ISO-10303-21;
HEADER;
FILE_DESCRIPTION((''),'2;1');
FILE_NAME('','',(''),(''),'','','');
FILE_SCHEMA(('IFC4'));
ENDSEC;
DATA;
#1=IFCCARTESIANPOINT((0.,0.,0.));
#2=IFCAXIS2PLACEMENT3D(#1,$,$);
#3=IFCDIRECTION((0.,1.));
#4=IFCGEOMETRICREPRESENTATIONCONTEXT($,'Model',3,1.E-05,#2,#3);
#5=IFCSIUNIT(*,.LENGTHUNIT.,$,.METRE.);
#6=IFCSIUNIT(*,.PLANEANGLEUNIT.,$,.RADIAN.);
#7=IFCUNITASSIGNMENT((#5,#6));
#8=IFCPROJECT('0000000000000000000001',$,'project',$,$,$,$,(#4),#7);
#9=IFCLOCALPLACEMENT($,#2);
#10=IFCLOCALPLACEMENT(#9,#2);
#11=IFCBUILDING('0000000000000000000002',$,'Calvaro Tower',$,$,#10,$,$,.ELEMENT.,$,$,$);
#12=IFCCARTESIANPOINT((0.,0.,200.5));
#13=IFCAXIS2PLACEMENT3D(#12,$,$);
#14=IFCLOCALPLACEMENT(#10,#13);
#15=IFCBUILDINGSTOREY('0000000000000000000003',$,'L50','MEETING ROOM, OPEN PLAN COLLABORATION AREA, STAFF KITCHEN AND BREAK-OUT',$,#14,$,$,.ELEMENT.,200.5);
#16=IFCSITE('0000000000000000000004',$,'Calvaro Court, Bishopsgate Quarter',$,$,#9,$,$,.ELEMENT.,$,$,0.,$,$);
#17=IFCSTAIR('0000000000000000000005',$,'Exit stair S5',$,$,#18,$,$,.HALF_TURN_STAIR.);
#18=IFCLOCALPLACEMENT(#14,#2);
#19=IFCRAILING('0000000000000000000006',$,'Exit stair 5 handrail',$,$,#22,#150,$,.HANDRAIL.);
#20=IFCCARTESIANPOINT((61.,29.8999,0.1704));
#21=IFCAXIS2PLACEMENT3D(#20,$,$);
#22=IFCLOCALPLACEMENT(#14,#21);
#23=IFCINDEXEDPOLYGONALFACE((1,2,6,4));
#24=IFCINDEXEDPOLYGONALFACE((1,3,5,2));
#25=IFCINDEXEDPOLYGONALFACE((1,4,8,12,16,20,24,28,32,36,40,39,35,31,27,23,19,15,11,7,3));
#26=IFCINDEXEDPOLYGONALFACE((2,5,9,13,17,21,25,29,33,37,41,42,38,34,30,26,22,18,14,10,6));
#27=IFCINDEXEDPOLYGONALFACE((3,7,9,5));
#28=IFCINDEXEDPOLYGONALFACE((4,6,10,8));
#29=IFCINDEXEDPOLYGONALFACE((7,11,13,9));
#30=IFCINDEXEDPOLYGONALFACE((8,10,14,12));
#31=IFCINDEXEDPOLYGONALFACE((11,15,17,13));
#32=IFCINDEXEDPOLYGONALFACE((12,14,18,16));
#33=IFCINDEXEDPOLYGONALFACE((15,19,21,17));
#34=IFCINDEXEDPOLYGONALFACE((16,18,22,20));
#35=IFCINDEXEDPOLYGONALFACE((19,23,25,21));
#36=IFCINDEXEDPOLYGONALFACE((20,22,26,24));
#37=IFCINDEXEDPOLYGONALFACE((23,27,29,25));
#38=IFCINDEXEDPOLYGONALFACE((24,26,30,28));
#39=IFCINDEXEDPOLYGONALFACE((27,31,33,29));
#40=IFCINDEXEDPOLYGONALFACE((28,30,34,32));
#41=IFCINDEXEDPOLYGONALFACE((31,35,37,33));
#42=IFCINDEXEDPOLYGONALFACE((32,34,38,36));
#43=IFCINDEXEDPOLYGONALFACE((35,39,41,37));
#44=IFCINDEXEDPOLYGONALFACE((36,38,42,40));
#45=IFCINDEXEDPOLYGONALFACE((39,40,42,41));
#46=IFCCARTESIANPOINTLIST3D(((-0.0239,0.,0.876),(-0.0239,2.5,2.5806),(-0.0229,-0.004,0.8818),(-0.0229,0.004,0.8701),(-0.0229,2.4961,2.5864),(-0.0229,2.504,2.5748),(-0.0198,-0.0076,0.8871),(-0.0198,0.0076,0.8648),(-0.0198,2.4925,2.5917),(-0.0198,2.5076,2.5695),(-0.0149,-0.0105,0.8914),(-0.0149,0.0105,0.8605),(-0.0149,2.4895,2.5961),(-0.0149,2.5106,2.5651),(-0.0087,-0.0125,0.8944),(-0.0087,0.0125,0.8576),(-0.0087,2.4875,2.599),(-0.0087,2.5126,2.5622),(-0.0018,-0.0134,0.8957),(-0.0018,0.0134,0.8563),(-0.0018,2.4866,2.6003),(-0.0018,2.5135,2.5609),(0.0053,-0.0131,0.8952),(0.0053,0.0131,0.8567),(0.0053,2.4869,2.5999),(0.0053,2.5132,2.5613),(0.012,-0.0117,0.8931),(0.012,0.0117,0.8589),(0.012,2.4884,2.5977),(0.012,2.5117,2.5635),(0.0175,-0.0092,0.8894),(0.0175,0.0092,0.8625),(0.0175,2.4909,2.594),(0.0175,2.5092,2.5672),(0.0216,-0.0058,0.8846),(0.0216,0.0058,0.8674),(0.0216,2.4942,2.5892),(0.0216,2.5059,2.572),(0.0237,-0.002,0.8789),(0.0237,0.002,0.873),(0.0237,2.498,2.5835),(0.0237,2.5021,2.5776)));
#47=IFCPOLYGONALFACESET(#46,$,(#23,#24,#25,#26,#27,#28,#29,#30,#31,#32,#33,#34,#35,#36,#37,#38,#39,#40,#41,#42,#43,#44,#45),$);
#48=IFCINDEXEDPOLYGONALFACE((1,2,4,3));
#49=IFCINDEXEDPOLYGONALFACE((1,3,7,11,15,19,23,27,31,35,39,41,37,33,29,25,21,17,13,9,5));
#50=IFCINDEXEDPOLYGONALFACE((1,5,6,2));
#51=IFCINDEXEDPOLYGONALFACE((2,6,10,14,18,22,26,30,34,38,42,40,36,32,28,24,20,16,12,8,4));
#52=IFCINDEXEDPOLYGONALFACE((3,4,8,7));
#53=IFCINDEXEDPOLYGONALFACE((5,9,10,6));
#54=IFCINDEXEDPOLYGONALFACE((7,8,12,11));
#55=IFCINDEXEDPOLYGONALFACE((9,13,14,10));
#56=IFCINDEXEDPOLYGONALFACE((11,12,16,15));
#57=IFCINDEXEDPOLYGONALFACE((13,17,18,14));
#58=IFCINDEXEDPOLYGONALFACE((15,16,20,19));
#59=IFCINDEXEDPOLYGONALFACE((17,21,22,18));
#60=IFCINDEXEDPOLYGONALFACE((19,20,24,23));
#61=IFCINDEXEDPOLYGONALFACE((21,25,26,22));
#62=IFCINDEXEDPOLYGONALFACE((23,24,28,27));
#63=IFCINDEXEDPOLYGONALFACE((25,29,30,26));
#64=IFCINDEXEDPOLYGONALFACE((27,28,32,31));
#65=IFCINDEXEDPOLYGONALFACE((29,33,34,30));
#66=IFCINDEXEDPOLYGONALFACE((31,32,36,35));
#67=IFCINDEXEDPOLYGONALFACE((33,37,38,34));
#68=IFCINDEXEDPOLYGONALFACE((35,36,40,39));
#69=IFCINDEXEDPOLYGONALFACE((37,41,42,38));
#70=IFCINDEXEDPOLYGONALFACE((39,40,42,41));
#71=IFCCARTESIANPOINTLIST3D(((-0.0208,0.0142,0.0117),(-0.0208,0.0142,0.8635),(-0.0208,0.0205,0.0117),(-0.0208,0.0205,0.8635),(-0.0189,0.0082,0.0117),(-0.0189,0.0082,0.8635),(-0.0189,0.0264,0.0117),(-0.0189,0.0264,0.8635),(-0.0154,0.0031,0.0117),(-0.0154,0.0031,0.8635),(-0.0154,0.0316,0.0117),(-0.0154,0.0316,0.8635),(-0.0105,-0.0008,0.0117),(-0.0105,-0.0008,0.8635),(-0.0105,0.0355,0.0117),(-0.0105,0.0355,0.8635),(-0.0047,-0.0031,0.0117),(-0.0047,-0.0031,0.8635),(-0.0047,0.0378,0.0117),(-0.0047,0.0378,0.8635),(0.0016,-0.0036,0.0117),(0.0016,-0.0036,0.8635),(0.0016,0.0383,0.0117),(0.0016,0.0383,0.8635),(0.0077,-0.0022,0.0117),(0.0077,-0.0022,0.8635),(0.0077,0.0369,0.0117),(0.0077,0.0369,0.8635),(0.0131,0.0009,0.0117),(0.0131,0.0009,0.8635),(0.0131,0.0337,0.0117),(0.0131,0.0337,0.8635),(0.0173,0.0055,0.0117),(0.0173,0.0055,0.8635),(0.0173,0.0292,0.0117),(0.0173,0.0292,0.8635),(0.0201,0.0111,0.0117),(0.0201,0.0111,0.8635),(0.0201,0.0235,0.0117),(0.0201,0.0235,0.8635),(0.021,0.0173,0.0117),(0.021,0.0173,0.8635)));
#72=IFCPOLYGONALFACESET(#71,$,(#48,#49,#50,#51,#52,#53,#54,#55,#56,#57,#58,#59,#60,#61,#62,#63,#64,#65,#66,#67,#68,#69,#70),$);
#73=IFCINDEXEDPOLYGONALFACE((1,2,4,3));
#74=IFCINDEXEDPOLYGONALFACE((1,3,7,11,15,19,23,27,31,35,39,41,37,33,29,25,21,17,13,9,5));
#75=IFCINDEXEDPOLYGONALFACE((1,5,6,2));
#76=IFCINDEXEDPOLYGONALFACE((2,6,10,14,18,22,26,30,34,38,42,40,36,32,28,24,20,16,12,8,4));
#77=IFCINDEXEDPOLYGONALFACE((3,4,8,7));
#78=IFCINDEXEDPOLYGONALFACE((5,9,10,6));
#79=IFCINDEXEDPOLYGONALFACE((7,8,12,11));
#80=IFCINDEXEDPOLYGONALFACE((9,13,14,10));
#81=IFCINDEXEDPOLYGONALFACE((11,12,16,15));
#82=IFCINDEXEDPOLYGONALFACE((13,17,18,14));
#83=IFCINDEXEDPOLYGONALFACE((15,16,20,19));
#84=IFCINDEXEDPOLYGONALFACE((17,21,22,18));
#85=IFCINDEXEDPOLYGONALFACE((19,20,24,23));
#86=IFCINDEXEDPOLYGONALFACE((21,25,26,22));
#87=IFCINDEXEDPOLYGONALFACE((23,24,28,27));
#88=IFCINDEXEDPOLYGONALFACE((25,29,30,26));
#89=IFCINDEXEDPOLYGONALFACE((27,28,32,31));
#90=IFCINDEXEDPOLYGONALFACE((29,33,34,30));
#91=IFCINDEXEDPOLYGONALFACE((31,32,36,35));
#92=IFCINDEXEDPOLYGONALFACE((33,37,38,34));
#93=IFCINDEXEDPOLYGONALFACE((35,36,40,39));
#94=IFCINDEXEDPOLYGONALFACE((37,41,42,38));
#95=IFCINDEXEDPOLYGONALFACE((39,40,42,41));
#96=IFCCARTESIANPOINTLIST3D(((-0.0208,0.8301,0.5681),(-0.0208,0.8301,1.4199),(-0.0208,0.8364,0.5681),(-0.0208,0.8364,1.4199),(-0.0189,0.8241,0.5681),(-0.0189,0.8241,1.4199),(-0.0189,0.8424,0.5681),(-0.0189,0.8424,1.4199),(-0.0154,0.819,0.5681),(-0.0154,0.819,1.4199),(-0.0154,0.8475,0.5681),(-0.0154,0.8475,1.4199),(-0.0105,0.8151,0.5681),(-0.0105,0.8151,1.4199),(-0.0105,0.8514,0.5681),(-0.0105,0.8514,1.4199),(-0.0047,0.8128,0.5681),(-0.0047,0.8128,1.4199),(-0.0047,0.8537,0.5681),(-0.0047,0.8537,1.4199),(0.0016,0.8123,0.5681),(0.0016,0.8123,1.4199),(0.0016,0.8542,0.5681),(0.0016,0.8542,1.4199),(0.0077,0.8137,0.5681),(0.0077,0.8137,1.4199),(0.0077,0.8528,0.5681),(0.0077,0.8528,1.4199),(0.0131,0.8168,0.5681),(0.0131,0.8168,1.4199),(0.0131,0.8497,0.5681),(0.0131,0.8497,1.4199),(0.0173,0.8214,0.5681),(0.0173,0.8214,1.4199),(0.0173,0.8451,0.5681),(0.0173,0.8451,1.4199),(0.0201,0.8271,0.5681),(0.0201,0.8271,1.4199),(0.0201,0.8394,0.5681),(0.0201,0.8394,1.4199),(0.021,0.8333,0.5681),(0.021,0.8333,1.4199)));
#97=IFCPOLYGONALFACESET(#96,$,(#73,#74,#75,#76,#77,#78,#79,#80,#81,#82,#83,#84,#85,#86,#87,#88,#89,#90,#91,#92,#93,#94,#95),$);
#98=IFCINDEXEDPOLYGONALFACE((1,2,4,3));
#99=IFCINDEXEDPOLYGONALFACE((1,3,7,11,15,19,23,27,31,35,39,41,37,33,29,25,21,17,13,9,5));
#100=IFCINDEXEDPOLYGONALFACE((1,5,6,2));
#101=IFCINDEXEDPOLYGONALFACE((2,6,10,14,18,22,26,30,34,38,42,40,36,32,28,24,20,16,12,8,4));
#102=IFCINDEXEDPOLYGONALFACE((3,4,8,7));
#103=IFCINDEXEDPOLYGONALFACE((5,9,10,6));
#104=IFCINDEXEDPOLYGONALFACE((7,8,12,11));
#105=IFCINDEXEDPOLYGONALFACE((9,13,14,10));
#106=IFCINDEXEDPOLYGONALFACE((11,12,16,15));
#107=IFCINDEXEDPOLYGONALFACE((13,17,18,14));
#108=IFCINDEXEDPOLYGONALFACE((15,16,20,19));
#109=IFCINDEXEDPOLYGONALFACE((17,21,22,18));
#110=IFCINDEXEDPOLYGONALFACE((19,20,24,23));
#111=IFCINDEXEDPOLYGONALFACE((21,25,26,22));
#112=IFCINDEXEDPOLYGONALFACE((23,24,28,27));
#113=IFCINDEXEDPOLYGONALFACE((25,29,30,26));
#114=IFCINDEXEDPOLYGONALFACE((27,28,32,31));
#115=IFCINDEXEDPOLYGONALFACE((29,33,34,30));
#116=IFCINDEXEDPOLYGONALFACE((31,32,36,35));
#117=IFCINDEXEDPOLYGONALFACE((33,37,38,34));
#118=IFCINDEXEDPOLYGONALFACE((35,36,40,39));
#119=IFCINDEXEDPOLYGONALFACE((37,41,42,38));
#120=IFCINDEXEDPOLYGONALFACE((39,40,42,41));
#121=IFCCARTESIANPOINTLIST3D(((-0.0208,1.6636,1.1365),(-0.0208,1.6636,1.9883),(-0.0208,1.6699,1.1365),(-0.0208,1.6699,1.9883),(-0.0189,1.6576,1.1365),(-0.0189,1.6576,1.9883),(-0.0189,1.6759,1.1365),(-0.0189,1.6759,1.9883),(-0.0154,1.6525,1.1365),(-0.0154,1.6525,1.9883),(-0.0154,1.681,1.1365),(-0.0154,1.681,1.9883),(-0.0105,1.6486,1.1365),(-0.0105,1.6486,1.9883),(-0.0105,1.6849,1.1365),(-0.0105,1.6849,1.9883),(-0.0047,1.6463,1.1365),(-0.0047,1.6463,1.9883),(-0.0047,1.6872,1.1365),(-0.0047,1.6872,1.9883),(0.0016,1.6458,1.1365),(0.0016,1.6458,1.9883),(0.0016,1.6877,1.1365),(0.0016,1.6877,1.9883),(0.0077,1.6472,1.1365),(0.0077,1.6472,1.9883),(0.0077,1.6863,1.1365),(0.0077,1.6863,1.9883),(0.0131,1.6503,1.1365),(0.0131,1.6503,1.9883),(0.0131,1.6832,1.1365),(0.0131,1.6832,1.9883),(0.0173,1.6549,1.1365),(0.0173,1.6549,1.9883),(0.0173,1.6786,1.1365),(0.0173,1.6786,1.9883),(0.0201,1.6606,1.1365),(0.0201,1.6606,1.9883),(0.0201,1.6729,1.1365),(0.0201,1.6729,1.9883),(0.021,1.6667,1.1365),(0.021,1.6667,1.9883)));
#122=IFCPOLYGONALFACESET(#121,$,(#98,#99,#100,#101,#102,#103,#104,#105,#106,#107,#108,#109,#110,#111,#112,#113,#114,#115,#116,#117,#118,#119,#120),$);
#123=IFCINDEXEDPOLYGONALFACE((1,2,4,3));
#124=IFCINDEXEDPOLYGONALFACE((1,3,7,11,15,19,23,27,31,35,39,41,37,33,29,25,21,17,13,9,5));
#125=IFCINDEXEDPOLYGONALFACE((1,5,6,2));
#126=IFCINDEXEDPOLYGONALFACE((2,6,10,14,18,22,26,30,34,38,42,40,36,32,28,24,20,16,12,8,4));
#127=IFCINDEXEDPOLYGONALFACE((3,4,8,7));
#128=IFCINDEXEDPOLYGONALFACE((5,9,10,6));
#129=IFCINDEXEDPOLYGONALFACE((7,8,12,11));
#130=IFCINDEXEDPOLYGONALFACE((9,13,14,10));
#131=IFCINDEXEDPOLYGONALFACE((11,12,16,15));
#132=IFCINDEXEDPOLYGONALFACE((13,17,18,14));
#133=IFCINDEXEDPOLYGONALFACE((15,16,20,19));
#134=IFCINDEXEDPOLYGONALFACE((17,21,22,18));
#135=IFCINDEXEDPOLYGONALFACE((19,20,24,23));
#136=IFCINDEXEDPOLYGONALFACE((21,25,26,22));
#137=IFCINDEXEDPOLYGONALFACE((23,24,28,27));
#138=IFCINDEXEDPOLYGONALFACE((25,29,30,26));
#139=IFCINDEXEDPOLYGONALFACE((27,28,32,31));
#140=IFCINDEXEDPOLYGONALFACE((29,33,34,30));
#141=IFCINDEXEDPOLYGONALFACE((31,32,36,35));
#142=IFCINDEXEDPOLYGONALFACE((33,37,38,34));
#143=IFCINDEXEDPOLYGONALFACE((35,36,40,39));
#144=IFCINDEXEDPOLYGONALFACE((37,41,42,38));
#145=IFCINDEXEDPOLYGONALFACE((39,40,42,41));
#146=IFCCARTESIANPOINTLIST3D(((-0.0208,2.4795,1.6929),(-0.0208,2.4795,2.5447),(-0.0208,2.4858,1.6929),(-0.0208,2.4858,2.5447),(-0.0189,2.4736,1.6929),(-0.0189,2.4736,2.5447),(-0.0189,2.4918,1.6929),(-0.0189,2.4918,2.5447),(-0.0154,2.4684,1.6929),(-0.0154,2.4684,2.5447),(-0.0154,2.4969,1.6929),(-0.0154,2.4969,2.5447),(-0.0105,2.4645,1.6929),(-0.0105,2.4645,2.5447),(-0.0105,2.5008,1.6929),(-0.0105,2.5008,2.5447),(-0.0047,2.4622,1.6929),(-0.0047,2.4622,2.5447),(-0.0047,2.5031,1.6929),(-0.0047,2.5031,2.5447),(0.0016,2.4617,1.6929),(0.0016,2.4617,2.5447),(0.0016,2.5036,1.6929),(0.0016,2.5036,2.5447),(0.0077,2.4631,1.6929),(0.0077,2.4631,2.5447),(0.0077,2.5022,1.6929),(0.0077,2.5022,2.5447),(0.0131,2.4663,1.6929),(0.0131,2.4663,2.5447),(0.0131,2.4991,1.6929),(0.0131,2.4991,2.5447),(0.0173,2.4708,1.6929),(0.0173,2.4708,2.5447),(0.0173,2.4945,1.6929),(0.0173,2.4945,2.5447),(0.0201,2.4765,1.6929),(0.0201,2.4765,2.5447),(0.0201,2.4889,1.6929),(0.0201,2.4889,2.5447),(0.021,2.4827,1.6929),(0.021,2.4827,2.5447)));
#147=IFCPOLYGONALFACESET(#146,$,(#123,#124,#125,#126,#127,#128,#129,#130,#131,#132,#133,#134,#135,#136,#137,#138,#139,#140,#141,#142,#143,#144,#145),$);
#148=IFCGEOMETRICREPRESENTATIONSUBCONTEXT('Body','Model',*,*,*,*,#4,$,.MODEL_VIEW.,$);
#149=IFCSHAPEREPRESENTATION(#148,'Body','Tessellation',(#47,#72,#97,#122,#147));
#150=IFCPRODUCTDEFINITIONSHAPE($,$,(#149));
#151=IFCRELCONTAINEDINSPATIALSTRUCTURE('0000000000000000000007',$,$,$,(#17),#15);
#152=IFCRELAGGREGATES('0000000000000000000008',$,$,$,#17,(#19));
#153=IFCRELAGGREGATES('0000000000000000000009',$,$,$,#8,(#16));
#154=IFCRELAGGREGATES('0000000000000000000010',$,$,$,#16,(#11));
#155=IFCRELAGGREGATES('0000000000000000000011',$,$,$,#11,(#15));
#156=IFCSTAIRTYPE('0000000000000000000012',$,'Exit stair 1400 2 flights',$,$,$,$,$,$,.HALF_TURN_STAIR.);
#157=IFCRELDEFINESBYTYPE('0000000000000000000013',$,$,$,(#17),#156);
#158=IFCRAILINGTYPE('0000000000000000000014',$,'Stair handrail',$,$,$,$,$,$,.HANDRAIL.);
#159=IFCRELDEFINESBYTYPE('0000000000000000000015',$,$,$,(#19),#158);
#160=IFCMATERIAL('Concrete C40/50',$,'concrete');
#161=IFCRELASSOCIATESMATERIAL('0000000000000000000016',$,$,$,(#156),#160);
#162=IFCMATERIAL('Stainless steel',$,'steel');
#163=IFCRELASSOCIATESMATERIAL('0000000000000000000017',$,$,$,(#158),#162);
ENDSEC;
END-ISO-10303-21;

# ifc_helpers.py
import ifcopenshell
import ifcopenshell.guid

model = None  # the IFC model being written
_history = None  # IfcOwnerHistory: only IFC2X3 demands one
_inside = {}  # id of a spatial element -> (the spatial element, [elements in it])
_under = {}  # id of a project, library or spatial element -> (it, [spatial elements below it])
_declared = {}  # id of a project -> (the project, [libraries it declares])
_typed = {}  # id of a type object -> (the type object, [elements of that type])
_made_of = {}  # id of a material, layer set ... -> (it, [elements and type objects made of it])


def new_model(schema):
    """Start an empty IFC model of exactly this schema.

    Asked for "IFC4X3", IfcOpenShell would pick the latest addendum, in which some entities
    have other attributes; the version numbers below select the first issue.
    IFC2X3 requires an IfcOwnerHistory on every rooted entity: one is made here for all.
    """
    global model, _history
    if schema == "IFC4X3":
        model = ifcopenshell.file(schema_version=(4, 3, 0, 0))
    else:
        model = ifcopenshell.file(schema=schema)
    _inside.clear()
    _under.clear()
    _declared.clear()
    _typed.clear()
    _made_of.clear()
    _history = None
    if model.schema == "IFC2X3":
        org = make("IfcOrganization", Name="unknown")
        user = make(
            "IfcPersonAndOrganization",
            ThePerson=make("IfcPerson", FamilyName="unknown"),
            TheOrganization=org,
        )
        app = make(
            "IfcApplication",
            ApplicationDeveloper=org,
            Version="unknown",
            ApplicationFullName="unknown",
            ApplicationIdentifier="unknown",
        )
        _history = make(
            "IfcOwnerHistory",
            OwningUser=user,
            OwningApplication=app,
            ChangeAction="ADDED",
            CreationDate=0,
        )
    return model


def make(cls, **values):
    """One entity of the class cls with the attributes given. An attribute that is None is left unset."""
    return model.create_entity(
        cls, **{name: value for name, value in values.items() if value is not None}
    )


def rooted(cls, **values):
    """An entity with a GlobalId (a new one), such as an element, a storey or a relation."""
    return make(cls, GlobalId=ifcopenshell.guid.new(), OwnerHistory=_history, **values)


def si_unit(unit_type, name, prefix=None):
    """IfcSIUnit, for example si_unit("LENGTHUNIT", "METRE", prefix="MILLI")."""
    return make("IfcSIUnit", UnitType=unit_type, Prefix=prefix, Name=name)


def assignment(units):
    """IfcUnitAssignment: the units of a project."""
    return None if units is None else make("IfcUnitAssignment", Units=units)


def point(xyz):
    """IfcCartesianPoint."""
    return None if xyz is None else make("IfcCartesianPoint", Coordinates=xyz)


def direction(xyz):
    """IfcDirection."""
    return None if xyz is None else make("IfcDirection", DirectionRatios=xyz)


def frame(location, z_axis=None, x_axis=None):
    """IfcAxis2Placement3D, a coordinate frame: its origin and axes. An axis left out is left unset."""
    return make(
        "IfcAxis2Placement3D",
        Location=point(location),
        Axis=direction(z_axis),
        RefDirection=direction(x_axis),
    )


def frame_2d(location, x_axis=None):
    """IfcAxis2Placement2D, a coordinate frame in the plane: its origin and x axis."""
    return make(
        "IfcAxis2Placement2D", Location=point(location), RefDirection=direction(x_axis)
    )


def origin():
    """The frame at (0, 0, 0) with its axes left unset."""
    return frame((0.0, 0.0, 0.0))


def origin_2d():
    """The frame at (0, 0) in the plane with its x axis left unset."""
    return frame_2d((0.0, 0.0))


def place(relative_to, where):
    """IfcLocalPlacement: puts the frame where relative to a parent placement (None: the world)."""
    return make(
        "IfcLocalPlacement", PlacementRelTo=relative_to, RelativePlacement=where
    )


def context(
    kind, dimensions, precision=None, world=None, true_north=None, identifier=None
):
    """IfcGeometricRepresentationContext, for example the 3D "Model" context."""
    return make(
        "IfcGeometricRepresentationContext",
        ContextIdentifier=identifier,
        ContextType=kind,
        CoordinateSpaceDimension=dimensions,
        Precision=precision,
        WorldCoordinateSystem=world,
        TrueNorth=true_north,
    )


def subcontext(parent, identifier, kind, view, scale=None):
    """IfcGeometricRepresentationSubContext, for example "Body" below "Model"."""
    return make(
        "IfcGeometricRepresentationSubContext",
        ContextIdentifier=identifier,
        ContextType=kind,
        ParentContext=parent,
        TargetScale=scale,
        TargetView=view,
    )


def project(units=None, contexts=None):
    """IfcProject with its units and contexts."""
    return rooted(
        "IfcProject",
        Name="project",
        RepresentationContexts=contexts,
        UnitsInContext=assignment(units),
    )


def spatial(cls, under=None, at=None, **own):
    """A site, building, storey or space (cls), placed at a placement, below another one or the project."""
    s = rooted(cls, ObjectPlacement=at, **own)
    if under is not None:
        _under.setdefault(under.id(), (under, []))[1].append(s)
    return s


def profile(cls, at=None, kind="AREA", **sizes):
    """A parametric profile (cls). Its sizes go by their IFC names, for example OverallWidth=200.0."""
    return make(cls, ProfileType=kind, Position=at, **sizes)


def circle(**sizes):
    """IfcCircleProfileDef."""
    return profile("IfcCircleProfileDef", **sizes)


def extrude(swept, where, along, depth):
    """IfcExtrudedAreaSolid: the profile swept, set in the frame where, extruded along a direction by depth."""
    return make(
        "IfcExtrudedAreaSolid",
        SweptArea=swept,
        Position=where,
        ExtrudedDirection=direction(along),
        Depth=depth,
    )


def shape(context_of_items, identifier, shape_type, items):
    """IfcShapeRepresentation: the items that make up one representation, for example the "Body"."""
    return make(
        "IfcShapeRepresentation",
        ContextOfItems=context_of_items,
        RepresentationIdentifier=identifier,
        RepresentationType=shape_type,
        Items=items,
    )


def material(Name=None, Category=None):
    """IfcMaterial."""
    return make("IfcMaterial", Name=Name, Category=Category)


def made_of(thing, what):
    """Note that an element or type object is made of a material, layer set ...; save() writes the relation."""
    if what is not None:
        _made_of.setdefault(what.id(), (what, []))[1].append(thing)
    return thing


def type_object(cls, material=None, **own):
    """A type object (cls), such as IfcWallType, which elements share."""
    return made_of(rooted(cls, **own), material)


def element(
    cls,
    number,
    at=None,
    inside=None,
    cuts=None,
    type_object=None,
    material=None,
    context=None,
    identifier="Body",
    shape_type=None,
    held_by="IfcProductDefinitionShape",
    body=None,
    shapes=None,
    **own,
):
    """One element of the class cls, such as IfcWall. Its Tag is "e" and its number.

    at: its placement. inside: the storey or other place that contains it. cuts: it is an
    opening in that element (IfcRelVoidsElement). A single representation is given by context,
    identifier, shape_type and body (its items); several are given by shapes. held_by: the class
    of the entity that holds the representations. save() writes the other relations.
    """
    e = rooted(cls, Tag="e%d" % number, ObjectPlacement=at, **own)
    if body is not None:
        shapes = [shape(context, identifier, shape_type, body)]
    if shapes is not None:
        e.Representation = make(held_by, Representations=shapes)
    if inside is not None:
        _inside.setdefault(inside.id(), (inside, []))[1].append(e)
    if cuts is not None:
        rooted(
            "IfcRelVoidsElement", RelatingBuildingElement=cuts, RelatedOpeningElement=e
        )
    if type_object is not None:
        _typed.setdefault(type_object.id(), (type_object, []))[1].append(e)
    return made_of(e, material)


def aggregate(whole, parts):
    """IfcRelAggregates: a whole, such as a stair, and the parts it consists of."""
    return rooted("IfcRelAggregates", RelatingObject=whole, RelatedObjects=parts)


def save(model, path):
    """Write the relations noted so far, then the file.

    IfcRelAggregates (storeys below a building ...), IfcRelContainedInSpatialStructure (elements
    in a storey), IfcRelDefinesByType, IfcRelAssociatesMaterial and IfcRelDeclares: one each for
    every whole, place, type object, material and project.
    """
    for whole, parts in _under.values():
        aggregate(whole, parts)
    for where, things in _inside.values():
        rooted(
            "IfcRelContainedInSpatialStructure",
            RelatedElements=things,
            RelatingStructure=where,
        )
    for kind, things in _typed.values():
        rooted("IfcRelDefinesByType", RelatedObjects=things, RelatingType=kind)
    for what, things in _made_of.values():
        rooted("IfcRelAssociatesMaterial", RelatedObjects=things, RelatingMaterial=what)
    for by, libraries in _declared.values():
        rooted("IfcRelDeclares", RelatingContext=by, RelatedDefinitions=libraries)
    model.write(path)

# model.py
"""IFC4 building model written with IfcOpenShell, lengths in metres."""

from ifc_helpers import new_model, si_unit, direction, frame, origin, origin_2d, place, context, subcontext, project, spatial, circle, extrude, material, type_object, element, aggregate, save


model = new_model("IFC4")

# Units and contexts
model_context = context("Model", 3, precision=1e-05, world=origin(), true_north=direction((0.0, 1.0)))
body_context = subcontext(model_context, "Body", "Model", "MODEL_VIEW")
ifc_project = project(units=[si_unit("LENGTHUNIT", "METRE"), si_unit("PLANEANGLEUNIT", "RADIAN")], contexts=[model_context])

# Site, building, storey
site_placement = place(None, origin())
site = spatial("IfcSite", under=ifc_project, at=site_placement, Name="Calvaro Court, Bishopsgate Quarter", CompositionType="ELEMENT", RefElevation=0.0)
building_placement = place(site_placement, origin())
building = spatial("IfcBuilding", under=site, at=building_placement, Name="Calvaro Tower", CompositionType="ELEMENT")
storey_placement = place(building_placement, frame((0.0, 0.0, 200.5)))
storey = spatial("IfcBuildingStorey", under=building, at=storey_placement, Name="L50", Description="MEETING ROOM, OPEN PLAN COLLABORATION AREA, STAFF KITCHEN AND BREAK-OUT", CompositionType="ELEMENT", Elevation=200.5)

# Stair
ifc_material_1 = material(Name="Concrete C40/50", Category="concrete")
stair_type = type_object("IfcStairType", Name="Exit stair 1400 2 flights", PredefinedType="HALF_TURN_STAIR", material=ifc_material_1)
stair_1_placement = place(storey_placement, origin())
stair_1 = element("IfcStair", 1, at=stair_1_placement, inside=storey, type_object=stair_type, Name="Exit stair S5", PredefinedType="HALF_TURN_STAIR")

# Railing
ifc_material_2 = material(Name="Stainless steel", Category="steel")
railing_type = type_object("IfcRailingType", Name="Stair handrail", PredefinedType="HANDRAIL", material=ifc_material_2)
railing_1_placement = place(storey_placement, frame((61.0, 29.8999, 0.1704)))
railing_1 = element("IfcRailing", 2, at=railing_1_placement, type_object=railing_type, Name="Exit stair 5 handrail", PredefinedType="HANDRAIL", context=body_context, shape_type="SweptSolid", body=[
    extrude(circle(Radius=0.0239, at=origin_2d()), frame((0.0, 0.0, 0.876), z_axis=(0.0, 0.826221, 0.563347), x_axis=(-1.0, 0.0, 0.0)), (0.0, 0.0, 1.0), 3.0259),
    extrude(circle(Radius=0.021, at=origin_2d()), frame((0.0, 0.0173, 0.0117)), (0.0, 0.0, 1.0), 0.8518),
    extrude(circle(Radius=0.021, at=origin_2d()), frame((0.0, 0.8333, 0.5681)), (0.0, 0.0, 1.0), 0.8518),
    extrude(circle(Radius=0.021, at=origin_2d()), frame((0.0, 1.6667, 1.1365)), (0.0, 0.0, 1.0), 0.8518),
    extrude(circle(Radius=0.021, at=origin_2d()), frame((0.0, 2.4827, 1.6929)), (0.0, 0.0, 1.0), 0.8518),
])
aggregate(stair_1, [railing_1])

save(model, "model.ifc")
